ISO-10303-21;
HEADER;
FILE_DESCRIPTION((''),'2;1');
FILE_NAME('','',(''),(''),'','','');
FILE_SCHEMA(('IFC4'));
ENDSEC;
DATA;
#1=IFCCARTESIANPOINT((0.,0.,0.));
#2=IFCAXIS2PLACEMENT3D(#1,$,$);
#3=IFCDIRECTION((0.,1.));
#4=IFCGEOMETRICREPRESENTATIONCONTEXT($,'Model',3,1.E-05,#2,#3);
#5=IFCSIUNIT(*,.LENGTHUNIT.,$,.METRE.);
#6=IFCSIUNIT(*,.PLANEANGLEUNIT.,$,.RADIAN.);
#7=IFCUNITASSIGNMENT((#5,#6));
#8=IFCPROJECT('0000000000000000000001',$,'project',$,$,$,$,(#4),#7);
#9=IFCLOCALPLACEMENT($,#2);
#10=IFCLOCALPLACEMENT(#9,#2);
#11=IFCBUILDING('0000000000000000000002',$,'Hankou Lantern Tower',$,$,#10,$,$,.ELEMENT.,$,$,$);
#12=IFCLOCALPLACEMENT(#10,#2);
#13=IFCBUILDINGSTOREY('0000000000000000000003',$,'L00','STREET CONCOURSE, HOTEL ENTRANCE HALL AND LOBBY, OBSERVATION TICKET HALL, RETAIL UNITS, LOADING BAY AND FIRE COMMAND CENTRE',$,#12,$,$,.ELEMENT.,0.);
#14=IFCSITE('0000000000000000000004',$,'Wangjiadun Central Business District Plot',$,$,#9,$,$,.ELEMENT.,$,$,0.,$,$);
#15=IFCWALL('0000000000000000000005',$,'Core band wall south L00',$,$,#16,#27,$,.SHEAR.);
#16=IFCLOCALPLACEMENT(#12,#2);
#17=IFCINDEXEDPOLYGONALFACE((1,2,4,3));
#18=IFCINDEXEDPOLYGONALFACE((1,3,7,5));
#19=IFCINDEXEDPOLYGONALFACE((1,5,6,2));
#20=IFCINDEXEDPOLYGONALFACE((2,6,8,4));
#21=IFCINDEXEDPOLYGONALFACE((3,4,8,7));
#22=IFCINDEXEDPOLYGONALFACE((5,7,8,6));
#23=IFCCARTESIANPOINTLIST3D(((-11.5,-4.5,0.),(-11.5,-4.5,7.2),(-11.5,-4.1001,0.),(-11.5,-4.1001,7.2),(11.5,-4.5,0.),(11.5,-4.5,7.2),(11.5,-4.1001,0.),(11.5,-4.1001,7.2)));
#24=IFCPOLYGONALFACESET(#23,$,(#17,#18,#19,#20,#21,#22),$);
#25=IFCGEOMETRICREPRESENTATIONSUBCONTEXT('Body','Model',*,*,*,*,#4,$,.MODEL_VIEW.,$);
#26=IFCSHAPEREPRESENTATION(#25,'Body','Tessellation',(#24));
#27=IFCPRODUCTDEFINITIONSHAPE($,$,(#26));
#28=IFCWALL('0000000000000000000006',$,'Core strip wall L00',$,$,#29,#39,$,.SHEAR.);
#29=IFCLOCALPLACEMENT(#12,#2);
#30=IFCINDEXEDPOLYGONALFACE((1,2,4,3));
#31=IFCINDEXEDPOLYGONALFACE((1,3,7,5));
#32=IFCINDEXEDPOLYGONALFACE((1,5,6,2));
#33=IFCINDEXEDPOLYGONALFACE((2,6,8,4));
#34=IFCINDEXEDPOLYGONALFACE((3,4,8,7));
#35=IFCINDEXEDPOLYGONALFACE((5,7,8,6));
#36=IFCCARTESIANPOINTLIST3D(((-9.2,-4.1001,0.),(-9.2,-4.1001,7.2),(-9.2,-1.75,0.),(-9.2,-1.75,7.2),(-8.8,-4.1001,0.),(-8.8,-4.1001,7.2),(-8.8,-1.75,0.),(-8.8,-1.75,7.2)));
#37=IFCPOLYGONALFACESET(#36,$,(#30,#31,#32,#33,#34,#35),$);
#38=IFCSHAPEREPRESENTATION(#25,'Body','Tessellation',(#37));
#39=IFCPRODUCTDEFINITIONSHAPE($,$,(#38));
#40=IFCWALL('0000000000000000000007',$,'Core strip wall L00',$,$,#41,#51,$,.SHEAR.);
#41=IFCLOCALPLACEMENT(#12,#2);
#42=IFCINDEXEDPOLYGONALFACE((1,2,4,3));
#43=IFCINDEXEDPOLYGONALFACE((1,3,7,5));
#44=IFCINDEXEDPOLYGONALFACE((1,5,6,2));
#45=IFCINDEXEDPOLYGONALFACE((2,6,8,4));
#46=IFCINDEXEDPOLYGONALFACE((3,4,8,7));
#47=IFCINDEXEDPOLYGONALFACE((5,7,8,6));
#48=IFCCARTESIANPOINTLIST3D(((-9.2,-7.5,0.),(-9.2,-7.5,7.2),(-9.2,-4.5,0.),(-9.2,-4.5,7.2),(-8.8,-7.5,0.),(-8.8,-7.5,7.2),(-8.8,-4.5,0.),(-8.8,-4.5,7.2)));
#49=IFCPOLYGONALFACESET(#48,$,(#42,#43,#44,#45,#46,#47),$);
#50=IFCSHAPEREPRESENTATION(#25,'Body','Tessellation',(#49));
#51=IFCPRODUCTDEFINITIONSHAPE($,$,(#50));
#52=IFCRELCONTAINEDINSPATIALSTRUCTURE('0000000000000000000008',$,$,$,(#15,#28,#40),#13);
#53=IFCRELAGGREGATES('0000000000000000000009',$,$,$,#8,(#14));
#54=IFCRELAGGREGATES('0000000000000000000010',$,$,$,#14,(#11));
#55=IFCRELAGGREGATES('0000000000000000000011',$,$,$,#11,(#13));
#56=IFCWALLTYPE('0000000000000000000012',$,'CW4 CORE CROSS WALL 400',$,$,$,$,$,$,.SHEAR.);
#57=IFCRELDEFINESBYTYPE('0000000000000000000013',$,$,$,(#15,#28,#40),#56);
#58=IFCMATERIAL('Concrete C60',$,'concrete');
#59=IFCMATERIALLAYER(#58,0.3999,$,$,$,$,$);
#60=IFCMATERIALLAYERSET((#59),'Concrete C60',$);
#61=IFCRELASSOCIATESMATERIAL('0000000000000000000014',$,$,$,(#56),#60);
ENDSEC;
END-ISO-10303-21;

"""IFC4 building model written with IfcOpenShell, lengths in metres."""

from ifc_helpers import new_model, si_unit, direction, frame, frame_2d, origin, place, context, subcontext, project, spatial, rectangle, extrude, material, layer, layer_set, type_object, element, save


model = new_model("IFC4")

# Units and contexts
model_context = context("Model", 3, precision=1e-05, world=origin(), true_north=direction((0.0, 1.0)))
body_context = subcontext(model_context, "Body", "Model", "MODEL_VIEW")
ifc_project = project(units=[si_unit("LENGTHUNIT", "METRE"), si_unit("PLANEANGLEUNIT", "RADIAN")], contexts=[model_context])

# Site, building, storey
site_placement = place(None, origin())
site = spatial("IfcSite", under=ifc_project, at=site_placement, Name="Wangjiadun Central Business District Plot", CompositionType="ELEMENT", RefElevation=0.0)
building_placement = place(site_placement, origin())
building = spatial("IfcBuilding", under=site, at=building_placement, Name="Hankou Lantern Tower", CompositionType="ELEMENT")
storey_placement = place(building_placement, origin())
storey = spatial("IfcBuildingStorey", under=building, at=storey_placement, Name="L00", Description="STREET CONCOURSE, HOTEL ENTRANCE HALL AND LOBBY, OBSERVATION TICKET HALL, RETAIL UNITS, LOADING BAY AND FIRE COMMAND CENTRE", CompositionType="ELEMENT", Elevation=0.0)

# Walls
ifc_material_1 = material(Name="Concrete C60", Category="concrete")
ifc_layer_1 = layer(ifc_material_1, 0.3999)
ifc_layer_set_1 = layer_set([ifc_layer_1], Name="Concrete C60")
wall_type_1 = type_object("IfcWallType", Name="CW4 CORE CROSS WALL 400", PredefinedType="SHEAR", material=ifc_layer_set_1)
wall_1_placement = place(storey_placement, frame((-11.5, -4.3, 0.0), z_axis=(0.0, 0.0, 1.0), x_axis=(1.0, 0.0, 0.0)))
element("IfcWall", 1, at=wall_1_placement, inside=storey, type_object=wall_type_1, Name="Core band wall south L00", PredefinedType="SHEAR", context=body_context, shape_type="SweptSolid", body=[
    extrude(rectangle(XDim=23.0, YDim=0.3999, at=frame_2d((11.5, 0.0))), origin(), (0.0, 0.0, 1.0), 7.2),
])
wall_2_placement = place(storey_placement, frame((-9.0, -4.1001, 0.0), z_axis=(0.0, 0.0, 1.0), x_axis=(0.0, 1.0, 0.0)))
element("IfcWall", 2, at=wall_2_placement, inside=storey, type_object=wall_type_1, Name="Core strip wall L00", PredefinedType="SHEAR", context=body_context, shape_type="SweptSolid", body=[
    extrude(rectangle(XDim=2.3501, YDim=0.3999, at=frame_2d((1.175, 0.0))), origin(), (0.0, 0.0, 1.0), 7.2),
])
wall_3_placement = place(storey_placement, frame((-9.0, -7.5, 0.0), z_axis=(0.0, 0.0, 1.0), x_axis=(0.0, 1.0, 0.0)))
element("IfcWall", 3, at=wall_3_placement, inside=storey, type_object=wall_type_1, Name="Core strip wall L00", PredefinedType="SHEAR", context=body_context, shape_type="SweptSolid", body=[
    extrude(rectangle(XDim=3.0, YDim=0.3999, at=frame_2d((1.5, 0.0))), origin(), (0.0, 0.0, 1.0), 7.2),
])

save(model, "model.ifc")
